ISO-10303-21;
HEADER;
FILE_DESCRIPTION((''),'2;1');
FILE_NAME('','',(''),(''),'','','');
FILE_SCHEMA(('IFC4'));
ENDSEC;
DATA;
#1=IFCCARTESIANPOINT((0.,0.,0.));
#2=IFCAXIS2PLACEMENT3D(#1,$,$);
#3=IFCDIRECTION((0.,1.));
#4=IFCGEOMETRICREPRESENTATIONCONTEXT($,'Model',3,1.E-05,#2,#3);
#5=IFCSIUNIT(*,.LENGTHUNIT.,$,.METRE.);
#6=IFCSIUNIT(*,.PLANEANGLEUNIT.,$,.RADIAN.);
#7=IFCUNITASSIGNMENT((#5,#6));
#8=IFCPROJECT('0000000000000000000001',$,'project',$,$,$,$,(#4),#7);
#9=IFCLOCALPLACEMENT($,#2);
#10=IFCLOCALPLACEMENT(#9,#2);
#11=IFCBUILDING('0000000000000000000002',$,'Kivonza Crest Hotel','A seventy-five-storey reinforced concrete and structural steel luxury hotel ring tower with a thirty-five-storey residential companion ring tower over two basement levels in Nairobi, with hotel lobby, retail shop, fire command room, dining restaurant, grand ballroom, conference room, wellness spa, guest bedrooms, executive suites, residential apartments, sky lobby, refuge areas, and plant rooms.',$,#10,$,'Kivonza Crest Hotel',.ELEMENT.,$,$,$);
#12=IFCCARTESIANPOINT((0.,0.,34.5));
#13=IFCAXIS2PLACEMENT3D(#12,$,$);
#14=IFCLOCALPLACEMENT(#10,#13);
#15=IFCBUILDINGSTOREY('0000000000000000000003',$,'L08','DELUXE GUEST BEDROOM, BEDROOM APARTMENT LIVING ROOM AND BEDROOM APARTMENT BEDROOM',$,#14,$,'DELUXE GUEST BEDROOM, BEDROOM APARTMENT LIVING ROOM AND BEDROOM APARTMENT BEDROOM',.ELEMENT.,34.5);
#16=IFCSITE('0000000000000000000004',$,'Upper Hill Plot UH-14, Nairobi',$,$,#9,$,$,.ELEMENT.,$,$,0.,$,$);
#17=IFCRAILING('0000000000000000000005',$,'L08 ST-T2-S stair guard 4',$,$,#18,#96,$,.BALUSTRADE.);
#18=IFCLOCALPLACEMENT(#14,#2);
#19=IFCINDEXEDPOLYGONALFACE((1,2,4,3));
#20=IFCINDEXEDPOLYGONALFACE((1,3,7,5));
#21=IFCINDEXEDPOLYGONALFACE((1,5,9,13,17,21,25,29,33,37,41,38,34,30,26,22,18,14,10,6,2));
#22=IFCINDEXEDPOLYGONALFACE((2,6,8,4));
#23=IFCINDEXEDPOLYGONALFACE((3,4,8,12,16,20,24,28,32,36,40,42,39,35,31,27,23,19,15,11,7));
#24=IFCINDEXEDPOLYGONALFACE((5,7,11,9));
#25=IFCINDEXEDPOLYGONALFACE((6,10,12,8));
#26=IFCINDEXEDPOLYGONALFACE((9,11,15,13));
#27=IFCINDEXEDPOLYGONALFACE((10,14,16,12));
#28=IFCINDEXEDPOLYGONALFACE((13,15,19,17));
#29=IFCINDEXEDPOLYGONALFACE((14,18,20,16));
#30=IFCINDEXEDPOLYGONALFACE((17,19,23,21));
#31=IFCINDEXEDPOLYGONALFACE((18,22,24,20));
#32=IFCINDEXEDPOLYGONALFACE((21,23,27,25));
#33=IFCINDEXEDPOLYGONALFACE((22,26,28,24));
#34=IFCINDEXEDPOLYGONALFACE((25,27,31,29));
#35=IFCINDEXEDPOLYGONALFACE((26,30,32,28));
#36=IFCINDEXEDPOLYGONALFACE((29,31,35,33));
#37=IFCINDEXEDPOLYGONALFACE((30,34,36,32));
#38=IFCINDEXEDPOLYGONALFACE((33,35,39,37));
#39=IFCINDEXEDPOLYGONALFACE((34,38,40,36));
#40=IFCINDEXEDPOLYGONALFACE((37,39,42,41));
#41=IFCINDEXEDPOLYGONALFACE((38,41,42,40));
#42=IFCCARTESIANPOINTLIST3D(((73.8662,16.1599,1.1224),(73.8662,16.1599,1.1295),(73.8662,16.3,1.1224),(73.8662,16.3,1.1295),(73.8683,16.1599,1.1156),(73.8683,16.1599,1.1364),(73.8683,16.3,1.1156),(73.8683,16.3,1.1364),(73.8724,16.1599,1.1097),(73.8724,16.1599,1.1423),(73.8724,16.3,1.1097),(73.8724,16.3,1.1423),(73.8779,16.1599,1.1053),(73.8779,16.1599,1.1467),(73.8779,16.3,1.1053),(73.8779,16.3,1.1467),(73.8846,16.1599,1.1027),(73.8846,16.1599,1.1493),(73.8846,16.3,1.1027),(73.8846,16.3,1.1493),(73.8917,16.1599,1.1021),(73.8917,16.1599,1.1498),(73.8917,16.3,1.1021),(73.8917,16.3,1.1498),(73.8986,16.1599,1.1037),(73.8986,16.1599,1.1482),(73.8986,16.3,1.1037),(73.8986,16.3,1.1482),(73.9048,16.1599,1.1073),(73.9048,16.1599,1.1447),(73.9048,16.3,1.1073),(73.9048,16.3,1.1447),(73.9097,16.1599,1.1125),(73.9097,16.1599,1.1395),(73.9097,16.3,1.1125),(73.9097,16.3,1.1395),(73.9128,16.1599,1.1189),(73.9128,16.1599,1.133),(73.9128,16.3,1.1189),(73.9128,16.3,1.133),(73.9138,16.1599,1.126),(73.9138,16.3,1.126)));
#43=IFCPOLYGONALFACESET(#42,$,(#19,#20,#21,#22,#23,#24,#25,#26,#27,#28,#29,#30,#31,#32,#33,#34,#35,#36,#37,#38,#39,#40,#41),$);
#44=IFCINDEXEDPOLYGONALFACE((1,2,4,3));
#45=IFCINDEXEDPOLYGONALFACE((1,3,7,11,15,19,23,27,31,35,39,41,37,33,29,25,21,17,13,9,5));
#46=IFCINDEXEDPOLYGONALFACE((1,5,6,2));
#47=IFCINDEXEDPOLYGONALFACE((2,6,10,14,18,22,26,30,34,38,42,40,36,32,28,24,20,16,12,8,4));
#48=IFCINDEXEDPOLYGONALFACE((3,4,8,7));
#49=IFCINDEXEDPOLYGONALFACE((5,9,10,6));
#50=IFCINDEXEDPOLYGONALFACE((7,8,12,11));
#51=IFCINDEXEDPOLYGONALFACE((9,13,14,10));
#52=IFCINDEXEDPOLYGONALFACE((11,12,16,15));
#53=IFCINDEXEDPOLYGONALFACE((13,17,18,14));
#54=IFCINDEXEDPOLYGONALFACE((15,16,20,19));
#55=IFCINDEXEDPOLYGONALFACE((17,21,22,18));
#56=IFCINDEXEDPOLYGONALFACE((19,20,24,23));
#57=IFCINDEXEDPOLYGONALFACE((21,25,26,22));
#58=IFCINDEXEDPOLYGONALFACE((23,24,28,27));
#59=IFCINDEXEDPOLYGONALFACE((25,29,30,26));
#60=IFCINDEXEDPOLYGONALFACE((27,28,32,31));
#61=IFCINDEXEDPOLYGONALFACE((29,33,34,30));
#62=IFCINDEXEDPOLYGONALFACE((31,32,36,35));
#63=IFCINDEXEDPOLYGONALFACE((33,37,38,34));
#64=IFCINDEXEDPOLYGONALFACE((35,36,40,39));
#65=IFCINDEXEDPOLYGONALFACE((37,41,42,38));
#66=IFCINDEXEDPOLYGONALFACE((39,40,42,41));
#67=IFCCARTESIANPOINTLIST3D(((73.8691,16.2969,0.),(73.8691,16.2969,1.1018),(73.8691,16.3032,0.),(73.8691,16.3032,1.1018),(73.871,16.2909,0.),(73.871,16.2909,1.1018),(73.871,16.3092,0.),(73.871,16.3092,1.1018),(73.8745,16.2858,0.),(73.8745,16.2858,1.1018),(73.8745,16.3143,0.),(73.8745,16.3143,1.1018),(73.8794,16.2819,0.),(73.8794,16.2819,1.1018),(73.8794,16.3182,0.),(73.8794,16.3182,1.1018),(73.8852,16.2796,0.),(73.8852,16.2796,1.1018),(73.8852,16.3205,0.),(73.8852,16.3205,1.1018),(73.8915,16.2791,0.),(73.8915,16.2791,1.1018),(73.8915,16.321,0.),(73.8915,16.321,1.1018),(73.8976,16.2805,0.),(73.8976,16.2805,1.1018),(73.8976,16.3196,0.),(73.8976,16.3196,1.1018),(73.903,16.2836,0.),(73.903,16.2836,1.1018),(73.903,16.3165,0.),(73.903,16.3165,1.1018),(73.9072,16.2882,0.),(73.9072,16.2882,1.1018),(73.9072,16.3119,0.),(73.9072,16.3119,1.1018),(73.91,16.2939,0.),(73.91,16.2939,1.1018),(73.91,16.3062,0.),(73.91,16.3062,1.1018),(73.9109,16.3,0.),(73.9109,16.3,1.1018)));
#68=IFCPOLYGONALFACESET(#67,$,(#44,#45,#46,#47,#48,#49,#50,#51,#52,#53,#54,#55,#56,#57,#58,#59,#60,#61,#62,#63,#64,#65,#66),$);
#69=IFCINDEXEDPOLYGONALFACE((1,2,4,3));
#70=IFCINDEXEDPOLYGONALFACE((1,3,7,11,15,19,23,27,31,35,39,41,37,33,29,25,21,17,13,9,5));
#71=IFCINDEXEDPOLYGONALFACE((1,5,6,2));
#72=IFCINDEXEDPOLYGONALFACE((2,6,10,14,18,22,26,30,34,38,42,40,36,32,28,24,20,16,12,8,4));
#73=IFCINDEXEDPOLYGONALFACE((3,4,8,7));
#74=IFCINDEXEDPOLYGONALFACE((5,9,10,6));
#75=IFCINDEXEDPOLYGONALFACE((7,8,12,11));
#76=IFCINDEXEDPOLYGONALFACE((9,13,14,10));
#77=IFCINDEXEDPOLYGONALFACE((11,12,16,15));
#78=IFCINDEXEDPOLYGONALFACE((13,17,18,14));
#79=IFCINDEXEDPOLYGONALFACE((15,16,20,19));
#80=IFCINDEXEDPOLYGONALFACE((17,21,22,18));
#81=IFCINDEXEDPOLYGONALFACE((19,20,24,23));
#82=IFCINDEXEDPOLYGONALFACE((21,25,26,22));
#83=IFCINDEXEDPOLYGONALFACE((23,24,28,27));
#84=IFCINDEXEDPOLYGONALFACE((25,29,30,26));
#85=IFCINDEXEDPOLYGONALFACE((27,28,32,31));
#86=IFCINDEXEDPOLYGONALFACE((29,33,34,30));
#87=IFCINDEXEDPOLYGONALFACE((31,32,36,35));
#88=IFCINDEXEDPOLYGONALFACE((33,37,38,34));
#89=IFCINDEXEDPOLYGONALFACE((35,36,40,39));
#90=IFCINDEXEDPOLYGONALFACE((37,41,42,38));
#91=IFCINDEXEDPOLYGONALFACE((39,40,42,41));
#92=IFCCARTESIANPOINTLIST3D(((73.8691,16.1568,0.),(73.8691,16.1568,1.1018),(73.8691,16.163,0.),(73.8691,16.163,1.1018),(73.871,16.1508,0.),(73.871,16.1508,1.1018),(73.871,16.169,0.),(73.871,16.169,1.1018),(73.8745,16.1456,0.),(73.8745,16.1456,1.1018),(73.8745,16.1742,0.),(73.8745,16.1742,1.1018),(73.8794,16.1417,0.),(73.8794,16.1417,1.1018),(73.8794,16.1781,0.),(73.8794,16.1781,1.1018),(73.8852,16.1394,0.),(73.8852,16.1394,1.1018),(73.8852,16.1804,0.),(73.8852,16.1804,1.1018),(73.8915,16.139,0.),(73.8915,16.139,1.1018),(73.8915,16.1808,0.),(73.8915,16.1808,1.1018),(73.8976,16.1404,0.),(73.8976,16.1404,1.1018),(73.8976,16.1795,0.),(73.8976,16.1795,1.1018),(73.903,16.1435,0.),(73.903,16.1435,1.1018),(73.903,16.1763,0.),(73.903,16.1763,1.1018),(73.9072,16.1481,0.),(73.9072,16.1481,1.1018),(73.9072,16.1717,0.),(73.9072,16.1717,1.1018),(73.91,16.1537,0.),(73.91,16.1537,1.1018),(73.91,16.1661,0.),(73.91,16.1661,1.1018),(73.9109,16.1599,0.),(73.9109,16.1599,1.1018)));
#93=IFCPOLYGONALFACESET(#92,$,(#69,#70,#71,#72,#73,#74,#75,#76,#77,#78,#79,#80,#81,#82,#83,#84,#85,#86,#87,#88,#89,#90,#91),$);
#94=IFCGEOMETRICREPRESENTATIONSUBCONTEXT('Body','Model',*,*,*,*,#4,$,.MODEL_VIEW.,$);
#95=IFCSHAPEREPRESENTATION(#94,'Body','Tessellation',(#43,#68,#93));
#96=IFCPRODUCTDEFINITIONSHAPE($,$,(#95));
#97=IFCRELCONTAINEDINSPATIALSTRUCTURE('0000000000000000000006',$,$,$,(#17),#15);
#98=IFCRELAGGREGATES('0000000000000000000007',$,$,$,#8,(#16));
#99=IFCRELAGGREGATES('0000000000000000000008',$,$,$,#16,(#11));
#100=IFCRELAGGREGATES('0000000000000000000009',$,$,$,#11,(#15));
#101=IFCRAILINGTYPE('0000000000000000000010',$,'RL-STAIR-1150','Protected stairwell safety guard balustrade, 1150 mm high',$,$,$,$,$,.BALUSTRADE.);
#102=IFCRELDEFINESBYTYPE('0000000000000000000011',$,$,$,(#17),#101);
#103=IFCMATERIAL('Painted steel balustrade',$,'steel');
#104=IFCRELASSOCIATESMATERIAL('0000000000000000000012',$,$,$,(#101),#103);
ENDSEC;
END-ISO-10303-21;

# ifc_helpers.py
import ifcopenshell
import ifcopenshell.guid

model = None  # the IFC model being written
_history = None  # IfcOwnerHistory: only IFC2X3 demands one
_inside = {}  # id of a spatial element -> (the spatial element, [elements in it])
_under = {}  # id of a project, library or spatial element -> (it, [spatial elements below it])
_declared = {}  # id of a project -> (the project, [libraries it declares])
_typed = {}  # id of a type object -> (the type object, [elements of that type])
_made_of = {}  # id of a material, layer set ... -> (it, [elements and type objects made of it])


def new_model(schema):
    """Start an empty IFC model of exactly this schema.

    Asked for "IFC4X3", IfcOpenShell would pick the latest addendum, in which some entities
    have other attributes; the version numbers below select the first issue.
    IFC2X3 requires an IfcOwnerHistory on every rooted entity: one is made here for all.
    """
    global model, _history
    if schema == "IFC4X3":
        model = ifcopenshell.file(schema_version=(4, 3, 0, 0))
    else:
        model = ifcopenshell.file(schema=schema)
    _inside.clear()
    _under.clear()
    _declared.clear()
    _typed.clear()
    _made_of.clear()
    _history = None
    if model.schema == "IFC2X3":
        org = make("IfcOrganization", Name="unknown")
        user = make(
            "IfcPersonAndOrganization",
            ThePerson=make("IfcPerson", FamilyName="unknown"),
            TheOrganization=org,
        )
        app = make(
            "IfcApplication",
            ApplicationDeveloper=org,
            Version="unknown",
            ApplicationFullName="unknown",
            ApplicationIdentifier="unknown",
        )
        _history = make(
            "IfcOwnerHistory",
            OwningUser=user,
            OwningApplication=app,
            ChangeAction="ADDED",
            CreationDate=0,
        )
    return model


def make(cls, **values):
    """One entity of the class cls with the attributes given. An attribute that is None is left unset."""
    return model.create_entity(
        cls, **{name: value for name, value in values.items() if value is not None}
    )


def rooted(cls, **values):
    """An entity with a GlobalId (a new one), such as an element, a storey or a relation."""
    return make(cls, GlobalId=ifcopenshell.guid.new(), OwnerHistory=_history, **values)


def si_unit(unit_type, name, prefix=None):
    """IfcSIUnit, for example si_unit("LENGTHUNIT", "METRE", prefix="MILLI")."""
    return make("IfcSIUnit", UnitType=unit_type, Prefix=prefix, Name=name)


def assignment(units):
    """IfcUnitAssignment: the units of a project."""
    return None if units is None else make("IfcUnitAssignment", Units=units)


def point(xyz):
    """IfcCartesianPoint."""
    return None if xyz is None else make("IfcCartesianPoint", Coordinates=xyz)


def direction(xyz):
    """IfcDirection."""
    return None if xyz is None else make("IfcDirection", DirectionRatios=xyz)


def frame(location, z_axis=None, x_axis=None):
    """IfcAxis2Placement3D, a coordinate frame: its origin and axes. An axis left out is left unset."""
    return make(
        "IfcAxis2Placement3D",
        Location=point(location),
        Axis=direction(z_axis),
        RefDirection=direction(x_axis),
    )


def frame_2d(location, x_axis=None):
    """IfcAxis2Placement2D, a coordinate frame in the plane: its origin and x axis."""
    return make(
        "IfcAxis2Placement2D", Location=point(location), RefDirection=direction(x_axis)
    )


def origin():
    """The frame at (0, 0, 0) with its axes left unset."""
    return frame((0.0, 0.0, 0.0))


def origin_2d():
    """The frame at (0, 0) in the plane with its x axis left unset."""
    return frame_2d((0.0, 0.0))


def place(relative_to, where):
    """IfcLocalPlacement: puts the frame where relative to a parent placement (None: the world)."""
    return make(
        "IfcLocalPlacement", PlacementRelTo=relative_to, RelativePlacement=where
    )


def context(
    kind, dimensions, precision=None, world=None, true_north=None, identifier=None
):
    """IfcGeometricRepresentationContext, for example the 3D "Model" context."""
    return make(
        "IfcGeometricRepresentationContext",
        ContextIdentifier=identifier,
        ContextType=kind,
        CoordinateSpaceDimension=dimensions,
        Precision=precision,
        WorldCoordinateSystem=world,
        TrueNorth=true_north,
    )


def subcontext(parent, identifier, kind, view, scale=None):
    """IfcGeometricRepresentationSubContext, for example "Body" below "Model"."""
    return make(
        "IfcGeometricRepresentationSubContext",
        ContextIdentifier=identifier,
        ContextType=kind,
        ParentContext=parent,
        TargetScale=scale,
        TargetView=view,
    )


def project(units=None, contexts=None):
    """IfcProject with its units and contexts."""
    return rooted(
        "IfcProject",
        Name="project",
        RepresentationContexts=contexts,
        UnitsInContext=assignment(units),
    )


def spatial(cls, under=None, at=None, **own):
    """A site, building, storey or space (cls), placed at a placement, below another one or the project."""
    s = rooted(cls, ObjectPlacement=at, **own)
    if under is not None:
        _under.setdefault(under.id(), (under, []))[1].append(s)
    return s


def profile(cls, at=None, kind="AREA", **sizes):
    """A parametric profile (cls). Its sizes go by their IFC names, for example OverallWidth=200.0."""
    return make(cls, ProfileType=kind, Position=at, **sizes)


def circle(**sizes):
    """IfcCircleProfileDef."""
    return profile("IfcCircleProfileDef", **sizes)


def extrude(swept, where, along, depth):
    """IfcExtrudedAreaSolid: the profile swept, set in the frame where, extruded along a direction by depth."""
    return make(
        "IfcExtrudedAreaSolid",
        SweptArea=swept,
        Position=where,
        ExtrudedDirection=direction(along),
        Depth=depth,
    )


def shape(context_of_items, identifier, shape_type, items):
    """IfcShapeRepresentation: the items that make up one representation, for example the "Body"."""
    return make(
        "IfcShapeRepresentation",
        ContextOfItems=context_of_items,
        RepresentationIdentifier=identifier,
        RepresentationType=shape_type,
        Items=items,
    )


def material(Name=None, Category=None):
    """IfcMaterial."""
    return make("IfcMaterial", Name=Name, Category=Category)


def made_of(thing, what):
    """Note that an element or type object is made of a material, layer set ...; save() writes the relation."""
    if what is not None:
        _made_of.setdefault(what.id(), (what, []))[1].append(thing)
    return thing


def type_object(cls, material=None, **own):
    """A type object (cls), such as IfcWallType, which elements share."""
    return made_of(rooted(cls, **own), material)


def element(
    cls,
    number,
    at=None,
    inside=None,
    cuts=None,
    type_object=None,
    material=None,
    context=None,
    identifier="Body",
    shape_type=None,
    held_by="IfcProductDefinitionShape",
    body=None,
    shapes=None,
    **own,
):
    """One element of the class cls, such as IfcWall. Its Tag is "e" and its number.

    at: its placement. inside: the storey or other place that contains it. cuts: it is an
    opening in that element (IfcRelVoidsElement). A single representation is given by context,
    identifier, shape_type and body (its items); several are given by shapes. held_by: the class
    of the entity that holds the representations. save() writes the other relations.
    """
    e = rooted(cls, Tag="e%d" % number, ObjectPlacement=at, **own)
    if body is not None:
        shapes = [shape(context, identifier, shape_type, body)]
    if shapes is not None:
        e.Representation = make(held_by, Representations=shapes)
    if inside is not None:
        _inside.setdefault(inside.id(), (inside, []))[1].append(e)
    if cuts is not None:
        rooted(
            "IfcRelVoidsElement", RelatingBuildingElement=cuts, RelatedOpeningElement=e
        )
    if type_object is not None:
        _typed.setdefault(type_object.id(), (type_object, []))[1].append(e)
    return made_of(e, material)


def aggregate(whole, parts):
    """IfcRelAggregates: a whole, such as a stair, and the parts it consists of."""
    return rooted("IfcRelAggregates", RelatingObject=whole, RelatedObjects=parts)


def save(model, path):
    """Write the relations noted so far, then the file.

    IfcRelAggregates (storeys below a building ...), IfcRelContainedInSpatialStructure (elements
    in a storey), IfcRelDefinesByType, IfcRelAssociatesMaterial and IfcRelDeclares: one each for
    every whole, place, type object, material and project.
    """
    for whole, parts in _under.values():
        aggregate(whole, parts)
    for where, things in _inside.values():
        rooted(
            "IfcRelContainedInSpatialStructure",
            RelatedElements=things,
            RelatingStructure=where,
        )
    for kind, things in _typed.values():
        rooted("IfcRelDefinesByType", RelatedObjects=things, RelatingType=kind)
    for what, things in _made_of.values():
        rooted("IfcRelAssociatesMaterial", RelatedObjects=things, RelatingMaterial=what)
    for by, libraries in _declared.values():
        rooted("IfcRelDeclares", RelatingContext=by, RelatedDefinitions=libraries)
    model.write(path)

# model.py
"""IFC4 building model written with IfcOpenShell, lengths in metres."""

from ifc_helpers import new_model, si_unit, direction, frame, origin, origin_2d, place, context, subcontext, project, spatial, circle, extrude, material, type_object, element, save


model = new_model("IFC4")

# Units and contexts
model_context = context("Model", 3, precision=1e-05, world=origin(), true_north=direction((0.0, 1.0)))
body_context = subcontext(model_context, "Body", "Model", "MODEL_VIEW")
ifc_project = project(units=[si_unit("LENGTHUNIT", "METRE"), si_unit("PLANEANGLEUNIT", "RADIAN")], contexts=[model_context])

# Site, building, storey
site_placement = place(None, origin())
site = spatial("IfcSite", under=ifc_project, at=site_placement, Name="Upper Hill Plot UH-14, Nairobi", CompositionType="ELEMENT", RefElevation=0.0)
building_placement = place(site_placement, origin())
building = spatial("IfcBuilding", under=site, at=building_placement, Name="Kivonza Crest Hotel", Description="A seventy-five-storey reinforced concrete and structural steel luxury hotel ring tower with a thirty-five-storey residential companion ring tower over two basement levels in Nairobi, with hotel lobby, retail shop, fire command room, dining restaurant, grand ballroom, conference room, wellness spa, guest bedrooms, executive suites, residential apartments, sky lobby, refuge areas, and plant rooms.", LongName="Kivonza Crest Hotel", CompositionType="ELEMENT")
storey_placement = place(building_placement, frame((0.0, 0.0, 34.5)))
storey = spatial("IfcBuildingStorey", under=building, at=storey_placement, Name="L08", Description="DELUXE GUEST BEDROOM, BEDROOM APARTMENT LIVING ROOM AND BEDROOM APARTMENT BEDROOM", LongName="DELUXE GUEST BEDROOM, BEDROOM APARTMENT LIVING ROOM AND BEDROOM APARTMENT BEDROOM", CompositionType="ELEMENT", Elevation=34.5)

# Railing
ifc_material_1 = material(Name="Painted steel balustrade", Category="steel")
railing_type_1 = type_object("IfcRailingType", Name="RL-STAIR-1150", Description="Protected stairwell safety guard balustrade, 1150 mm high", PredefinedType="BALUSTRADE", material=ifc_material_1)
railing_1_placement = place(storey_placement, frame((73.8899, 16.3, 0.0)))
element("IfcRailing", 1, at=railing_1_placement, inside=storey, type_object=railing_type_1, Name="L08 ST-T2-S stair guard 4", PredefinedType="BALUSTRADE", context=body_context, shape_type="SweptSolid", body=[
    extrude(circle(Radius=0.0239, at=origin_2d()), frame((0.0, 0.0, 1.126), z_axis=(0.0, -1.0, 0.0), x_axis=(1.0, 0.0, 0.0)), (0.0, 0.0, 1.0), 0.1401),
    extrude(circle(Radius=0.021, at=origin_2d()), origin(), (0.0, 0.0, 1.0), 1.1018),
    extrude(circle(Radius=0.021, at=origin_2d()), frame((0.0, -0.1401, 0.0)), (0.0, 0.0, 1.0), 1.1018),
])

save(model, "model.ifc")
